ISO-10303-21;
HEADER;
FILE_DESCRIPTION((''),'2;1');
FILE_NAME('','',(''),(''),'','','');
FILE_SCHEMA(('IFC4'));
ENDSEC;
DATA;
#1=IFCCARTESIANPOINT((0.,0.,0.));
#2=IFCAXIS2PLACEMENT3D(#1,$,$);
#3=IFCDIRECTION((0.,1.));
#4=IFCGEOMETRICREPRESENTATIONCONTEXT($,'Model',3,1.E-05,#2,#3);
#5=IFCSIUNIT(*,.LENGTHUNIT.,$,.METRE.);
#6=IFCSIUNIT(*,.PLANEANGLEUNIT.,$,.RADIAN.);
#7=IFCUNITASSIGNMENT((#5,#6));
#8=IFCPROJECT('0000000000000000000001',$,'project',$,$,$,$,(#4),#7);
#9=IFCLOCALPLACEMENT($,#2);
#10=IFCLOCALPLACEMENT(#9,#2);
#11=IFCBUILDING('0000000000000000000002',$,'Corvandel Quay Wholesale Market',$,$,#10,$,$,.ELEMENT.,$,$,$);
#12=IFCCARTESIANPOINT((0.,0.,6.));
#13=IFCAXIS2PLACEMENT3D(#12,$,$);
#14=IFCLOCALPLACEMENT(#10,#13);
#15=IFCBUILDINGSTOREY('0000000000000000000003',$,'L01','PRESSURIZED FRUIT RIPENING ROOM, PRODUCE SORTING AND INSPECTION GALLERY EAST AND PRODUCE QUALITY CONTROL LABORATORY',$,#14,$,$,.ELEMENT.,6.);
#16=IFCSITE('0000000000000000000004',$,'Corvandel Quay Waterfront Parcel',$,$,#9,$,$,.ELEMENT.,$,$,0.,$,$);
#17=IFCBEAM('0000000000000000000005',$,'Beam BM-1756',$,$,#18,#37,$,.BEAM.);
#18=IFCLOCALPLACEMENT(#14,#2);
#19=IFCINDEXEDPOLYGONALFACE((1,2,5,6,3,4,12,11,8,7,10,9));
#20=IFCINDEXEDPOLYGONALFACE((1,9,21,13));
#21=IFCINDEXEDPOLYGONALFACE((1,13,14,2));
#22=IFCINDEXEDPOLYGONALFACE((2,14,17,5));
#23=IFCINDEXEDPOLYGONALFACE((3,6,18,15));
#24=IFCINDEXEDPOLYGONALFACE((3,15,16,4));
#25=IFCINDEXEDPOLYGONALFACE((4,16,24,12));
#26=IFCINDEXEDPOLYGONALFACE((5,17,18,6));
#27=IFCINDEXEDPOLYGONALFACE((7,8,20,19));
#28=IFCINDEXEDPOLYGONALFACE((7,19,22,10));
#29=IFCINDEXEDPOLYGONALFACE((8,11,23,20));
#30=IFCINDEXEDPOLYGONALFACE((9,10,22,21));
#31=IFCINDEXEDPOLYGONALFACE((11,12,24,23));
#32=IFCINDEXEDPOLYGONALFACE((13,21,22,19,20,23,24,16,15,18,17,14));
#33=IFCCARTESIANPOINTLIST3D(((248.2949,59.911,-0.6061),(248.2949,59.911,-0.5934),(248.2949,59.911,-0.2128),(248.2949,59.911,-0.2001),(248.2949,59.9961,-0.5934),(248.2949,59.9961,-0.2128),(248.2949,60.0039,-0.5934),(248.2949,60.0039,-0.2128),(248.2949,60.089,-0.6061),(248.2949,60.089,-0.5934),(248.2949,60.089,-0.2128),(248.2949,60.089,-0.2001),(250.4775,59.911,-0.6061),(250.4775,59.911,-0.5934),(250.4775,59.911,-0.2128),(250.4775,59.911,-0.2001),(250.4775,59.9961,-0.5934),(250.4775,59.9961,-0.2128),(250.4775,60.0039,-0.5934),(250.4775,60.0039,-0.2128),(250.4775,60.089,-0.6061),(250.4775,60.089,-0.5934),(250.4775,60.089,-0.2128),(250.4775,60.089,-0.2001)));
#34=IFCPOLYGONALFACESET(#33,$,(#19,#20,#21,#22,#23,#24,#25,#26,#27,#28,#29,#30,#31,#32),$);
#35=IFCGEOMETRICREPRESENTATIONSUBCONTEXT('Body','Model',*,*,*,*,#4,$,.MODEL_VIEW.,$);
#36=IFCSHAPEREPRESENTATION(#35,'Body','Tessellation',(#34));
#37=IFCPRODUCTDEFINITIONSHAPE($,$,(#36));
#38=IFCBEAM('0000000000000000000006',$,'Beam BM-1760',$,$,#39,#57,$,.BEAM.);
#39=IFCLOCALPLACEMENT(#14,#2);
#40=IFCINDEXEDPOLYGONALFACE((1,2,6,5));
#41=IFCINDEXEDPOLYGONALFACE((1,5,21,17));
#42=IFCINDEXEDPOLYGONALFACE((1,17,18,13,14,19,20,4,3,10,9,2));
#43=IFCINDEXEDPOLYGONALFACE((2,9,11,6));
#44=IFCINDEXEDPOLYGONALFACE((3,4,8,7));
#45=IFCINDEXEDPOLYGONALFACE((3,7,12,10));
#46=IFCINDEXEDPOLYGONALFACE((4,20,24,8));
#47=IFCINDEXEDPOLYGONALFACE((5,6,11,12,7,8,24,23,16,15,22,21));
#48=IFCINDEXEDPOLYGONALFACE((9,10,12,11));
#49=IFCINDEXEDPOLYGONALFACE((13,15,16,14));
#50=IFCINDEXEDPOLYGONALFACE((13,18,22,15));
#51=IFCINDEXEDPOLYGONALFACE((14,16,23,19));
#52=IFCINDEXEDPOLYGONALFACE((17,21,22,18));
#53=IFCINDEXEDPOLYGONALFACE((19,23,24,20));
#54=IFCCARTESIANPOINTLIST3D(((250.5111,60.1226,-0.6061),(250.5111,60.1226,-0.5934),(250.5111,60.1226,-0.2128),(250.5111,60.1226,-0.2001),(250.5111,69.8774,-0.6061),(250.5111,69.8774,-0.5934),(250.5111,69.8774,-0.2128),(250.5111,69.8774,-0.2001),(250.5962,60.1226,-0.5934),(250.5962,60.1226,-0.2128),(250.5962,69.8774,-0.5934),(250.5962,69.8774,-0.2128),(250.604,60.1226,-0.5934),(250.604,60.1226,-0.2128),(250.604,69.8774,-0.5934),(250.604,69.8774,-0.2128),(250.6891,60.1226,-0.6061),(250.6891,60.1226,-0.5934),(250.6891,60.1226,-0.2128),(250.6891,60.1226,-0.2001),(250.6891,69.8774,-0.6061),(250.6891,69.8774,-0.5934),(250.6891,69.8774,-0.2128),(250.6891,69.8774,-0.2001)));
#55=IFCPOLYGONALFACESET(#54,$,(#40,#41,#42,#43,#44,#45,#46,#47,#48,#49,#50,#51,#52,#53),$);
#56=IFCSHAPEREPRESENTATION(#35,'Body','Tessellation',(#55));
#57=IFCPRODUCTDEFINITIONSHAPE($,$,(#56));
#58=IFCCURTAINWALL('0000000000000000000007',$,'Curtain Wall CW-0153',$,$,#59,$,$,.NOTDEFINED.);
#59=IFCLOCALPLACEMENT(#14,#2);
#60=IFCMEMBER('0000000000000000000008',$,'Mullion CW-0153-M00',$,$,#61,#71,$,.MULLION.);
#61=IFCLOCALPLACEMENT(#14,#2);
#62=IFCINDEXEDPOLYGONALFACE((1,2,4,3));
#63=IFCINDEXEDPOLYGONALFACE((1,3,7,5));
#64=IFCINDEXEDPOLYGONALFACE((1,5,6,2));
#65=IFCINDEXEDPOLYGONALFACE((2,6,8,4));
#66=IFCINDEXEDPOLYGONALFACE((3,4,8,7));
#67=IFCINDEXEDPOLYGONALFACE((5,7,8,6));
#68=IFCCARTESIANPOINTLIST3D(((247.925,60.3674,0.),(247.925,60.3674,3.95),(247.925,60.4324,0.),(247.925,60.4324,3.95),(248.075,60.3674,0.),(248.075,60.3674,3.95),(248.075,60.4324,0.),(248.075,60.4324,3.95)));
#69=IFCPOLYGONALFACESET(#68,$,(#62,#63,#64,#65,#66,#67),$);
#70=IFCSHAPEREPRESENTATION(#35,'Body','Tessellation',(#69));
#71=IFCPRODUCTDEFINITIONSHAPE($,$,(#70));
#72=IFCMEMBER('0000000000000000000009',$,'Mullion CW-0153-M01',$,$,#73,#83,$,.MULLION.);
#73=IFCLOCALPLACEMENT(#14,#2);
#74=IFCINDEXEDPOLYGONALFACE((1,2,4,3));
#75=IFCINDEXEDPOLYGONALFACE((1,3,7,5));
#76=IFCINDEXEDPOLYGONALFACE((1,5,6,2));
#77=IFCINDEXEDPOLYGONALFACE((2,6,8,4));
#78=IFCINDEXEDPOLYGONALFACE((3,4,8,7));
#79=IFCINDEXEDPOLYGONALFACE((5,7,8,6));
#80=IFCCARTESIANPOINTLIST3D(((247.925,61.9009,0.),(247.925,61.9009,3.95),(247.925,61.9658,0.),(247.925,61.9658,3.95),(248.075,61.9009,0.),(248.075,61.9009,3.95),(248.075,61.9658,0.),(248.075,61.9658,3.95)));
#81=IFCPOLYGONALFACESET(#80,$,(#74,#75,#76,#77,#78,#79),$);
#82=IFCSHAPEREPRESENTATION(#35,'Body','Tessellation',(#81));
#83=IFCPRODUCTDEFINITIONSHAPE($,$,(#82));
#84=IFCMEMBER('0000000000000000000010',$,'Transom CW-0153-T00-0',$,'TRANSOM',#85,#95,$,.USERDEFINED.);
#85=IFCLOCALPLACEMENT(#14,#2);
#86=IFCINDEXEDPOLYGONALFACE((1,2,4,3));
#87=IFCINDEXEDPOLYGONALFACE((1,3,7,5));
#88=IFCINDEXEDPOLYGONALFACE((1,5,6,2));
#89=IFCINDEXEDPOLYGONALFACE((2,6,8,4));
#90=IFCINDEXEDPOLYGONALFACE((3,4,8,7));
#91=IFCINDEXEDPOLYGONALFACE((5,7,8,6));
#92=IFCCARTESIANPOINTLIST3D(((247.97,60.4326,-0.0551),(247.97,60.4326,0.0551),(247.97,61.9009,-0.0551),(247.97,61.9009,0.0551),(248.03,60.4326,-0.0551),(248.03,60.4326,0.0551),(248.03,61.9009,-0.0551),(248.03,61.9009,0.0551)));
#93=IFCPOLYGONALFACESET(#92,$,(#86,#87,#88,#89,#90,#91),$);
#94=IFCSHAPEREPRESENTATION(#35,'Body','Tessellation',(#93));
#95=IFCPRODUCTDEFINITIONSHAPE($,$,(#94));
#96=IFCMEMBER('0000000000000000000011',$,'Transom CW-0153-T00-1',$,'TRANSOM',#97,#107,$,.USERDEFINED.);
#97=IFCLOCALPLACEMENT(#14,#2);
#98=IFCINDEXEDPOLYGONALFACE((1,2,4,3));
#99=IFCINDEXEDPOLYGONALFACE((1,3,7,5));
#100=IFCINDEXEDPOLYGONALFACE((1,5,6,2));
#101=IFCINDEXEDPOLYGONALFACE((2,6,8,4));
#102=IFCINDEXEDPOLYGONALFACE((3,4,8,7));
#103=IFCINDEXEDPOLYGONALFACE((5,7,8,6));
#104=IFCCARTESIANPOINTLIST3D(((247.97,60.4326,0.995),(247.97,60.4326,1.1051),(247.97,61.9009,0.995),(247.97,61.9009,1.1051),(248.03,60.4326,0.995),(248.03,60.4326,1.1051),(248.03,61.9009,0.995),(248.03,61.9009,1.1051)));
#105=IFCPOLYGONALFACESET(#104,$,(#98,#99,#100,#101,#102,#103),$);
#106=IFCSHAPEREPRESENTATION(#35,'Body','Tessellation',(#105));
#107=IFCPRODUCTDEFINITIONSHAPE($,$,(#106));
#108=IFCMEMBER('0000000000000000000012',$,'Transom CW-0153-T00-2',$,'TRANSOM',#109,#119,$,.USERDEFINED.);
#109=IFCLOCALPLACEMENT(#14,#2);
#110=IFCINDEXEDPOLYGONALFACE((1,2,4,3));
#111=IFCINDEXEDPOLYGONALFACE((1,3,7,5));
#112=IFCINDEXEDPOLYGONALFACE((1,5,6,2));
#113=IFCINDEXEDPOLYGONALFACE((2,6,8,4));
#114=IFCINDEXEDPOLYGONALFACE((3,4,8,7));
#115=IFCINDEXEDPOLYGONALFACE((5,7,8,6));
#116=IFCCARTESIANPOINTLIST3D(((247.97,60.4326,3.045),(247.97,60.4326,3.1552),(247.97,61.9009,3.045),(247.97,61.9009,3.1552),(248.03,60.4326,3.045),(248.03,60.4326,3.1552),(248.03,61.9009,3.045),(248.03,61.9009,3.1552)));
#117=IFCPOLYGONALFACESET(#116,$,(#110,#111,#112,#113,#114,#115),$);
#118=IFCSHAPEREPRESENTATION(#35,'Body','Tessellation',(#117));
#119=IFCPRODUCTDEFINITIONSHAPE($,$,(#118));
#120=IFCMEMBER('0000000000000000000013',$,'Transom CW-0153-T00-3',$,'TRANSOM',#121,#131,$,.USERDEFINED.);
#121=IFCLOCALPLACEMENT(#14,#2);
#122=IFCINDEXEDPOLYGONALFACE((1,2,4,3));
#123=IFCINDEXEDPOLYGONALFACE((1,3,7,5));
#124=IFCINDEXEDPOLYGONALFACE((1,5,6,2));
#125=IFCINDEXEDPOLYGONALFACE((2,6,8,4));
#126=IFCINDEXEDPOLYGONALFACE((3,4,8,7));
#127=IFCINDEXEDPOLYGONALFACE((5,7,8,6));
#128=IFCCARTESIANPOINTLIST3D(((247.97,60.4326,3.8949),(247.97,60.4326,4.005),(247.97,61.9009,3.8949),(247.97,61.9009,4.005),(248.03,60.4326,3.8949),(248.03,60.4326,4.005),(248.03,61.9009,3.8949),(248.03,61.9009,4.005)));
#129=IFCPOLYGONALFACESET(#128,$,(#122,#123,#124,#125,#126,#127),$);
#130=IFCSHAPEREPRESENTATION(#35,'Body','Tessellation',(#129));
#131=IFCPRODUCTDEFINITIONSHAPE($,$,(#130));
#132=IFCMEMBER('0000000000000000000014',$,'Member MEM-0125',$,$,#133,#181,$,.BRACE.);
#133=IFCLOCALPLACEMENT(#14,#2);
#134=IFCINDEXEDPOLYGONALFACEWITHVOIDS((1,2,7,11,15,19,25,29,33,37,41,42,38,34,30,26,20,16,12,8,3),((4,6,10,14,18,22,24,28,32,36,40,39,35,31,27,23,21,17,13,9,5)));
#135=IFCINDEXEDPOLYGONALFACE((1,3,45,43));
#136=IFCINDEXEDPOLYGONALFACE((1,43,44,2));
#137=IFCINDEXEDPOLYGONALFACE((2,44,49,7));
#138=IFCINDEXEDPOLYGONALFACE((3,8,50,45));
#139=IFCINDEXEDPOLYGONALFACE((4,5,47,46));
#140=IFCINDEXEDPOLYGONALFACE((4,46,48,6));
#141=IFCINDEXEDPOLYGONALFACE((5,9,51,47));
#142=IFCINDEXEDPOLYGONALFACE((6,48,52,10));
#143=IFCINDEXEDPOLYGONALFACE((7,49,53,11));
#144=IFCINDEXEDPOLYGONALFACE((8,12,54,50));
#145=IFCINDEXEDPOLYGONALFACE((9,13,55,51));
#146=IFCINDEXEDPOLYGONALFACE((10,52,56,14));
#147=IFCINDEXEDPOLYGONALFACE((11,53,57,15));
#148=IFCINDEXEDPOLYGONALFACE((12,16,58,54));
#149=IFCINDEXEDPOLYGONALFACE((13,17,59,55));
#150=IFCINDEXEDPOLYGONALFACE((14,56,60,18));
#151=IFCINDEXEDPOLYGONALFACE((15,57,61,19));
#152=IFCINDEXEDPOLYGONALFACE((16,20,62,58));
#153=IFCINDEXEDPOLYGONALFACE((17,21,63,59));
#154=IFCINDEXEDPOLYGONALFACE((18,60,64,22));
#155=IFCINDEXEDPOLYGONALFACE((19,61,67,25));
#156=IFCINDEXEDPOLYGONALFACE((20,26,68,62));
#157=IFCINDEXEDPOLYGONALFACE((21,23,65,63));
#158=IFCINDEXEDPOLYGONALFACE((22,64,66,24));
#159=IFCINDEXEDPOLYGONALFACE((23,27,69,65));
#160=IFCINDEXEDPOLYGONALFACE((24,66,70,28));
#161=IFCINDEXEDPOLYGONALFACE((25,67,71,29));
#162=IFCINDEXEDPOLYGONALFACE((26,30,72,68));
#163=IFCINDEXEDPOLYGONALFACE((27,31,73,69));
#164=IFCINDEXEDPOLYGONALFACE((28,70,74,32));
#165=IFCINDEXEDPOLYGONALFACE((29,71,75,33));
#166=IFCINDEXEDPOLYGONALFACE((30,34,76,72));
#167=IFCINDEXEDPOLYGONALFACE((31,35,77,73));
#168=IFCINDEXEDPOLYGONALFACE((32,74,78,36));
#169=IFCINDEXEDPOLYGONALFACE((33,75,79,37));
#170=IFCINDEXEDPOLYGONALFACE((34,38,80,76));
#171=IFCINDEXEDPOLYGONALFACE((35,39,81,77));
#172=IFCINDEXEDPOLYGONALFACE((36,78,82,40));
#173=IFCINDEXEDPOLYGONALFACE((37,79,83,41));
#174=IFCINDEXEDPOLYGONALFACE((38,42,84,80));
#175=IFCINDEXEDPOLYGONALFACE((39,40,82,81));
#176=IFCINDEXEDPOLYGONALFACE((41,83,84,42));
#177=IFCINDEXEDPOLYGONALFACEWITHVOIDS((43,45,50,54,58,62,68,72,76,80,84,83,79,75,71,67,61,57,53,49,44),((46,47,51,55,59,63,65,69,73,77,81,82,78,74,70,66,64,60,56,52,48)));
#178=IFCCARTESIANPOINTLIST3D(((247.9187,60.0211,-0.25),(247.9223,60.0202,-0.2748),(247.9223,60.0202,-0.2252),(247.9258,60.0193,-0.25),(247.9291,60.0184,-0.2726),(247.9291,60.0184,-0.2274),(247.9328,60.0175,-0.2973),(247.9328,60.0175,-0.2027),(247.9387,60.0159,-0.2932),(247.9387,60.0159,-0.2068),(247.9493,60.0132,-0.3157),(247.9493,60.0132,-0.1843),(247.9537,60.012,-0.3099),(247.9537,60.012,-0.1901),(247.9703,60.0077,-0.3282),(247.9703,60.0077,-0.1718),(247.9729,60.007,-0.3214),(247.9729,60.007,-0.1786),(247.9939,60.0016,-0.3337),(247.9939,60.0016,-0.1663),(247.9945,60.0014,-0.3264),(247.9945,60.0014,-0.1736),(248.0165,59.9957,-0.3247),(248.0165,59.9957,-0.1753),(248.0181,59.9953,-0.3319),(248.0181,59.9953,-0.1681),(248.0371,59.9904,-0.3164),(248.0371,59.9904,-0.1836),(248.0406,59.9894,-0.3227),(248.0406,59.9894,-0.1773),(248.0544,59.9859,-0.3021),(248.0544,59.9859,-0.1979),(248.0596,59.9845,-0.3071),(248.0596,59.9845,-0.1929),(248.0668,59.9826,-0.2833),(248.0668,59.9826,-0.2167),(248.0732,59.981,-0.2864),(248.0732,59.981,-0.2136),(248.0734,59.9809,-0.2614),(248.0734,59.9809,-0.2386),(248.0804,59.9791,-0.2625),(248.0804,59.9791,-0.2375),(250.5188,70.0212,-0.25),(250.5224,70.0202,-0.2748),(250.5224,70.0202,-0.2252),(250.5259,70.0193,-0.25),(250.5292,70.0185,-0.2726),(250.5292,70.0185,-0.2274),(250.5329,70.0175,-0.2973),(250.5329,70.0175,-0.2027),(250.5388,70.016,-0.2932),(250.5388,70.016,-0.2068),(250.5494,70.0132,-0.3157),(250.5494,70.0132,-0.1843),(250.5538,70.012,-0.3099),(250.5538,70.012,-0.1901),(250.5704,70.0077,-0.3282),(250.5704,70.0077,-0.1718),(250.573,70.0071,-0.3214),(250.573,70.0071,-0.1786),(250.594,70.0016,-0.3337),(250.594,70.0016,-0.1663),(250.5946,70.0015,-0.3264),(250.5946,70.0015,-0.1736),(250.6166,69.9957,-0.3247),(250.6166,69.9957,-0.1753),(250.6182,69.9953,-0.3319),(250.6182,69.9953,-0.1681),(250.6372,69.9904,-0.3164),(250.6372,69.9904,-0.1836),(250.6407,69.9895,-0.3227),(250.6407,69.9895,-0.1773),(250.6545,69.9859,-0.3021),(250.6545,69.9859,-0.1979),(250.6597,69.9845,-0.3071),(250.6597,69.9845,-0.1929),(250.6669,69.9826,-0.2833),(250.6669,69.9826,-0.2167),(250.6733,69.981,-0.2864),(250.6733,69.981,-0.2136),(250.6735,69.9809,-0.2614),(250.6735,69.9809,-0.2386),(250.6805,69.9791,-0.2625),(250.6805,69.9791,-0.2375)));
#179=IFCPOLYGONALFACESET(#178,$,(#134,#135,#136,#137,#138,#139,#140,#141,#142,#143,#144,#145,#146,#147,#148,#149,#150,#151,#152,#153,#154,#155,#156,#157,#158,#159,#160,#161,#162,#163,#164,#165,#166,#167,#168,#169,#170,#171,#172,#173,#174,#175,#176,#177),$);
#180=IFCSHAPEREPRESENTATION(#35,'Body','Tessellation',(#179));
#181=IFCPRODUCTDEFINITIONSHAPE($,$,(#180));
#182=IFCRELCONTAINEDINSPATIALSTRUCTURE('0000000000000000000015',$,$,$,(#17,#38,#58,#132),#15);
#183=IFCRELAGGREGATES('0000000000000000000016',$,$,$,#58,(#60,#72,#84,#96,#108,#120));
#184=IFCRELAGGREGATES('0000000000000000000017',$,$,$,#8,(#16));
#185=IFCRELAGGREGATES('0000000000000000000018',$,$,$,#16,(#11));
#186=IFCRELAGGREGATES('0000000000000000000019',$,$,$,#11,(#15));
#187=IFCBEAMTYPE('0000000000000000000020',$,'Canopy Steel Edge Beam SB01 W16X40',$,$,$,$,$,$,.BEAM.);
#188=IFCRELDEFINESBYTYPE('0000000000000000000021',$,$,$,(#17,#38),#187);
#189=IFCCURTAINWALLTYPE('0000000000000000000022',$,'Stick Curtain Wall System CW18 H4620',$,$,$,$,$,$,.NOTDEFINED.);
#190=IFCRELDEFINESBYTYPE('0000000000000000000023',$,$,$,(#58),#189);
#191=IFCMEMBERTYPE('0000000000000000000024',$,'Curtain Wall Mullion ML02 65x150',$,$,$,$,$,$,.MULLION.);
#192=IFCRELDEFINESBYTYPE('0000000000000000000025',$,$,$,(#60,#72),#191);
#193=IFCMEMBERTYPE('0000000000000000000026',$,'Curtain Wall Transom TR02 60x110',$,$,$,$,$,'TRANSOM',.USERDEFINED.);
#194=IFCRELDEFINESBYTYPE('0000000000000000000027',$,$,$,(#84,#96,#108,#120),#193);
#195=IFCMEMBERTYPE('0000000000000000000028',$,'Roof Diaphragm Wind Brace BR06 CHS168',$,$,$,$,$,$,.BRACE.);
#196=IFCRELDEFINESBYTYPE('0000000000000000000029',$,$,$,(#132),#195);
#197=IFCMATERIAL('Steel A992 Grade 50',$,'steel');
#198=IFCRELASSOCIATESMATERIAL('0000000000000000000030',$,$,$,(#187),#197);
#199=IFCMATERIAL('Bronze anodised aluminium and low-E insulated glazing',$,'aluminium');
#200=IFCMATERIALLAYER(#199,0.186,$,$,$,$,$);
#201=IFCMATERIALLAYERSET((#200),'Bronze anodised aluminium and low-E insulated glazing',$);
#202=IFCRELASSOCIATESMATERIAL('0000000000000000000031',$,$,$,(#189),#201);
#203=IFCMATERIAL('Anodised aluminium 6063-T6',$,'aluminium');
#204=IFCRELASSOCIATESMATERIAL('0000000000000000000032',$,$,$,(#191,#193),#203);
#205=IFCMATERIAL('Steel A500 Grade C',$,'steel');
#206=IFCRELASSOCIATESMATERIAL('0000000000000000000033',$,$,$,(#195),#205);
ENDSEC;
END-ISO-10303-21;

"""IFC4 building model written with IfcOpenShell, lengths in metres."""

from ifc_helpers import new_model, si_unit, direction, frame, origin, origin_2d, place, context, subcontext, project, spatial, rectangle, hollow_circle, i_section, extrude, material, layer, layer_set, material_profile, profile_set, type_object, element, aggregate, save


model = new_model("IFC4")

# Units and contexts
model_context = context("Model", 3, precision=1e-05, world=origin(), true_north=direction((0.0, 1.0)))
body_context = subcontext(model_context, "Body", "Model", "MODEL_VIEW")
ifc_project = project(units=[si_unit("LENGTHUNIT", "METRE"), si_unit("PLANEANGLEUNIT", "RADIAN")], contexts=[model_context])

# Site, building, storey
site_placement = place(None, origin())
site = spatial("IfcSite", under=ifc_project, at=site_placement, Name="Corvandel Quay Waterfront Parcel", CompositionType="ELEMENT", RefElevation=0.0)
building_placement = place(site_placement, origin())
building = spatial("IfcBuilding", under=site, at=building_placement, Name="Corvandel Quay Wholesale Market", CompositionType="ELEMENT")
storey_placement = place(building_placement, frame((0.0, 0.0, 6.0)))
storey = spatial("IfcBuildingStorey", under=building, at=storey_placement, Name="L01", Description="PRESSURIZED FRUIT RIPENING ROOM, PRODUCE SORTING AND INSPECTION GALLERY EAST AND PRODUCE QUALITY CONTROL LABORATORY", CompositionType="ELEMENT", Elevation=6.0)

# Beams
ifc_material_1 = material(Name="Steel A992 Grade 50", Category="steel")
ifc_material_profile_1 = material_profile(ifc_material_1, i_section(OverallWidth=0.178, OverallDepth=0.406, WebThickness=0.0078, FlangeThickness=0.0127, at=origin_2d()), Name="W16X40")
ifc_profile_set_1 = profile_set([ifc_material_profile_1], Name="Steel A992 Grade 50")
beam_type_1 = type_object("IfcBeamType", Name="Canopy Steel Edge Beam SB01 W16X40", PredefinedType="BEAM", material=ifc_profile_set_1)
beam_1_placement = place(storey_placement, frame((248.2949, 60.0, -0.4031), z_axis=(1.0, 0.0, 0.0), x_axis=(0.0, 1.0, 0.0)))
element("IfcBeam", 1, at=beam_1_placement, inside=storey, type_object=beam_type_1, Name="Beam BM-1756", PredefinedType="BEAM", context=body_context, shape_type="SweptSolid", body=[
    extrude(i_section(OverallWidth=0.178, OverallDepth=0.406, WebThickness=0.0078, FlangeThickness=0.0127, at=origin_2d()), origin(), (0.0, 0.0, 1.0), 2.1826),
])
beam_2_placement = place(storey_placement, frame((250.6001, 60.1226, -0.4031), z_axis=(0.0, 1.0, 0.0), x_axis=(-1.0, 0.0, 0.0)))
element("IfcBeam", 2, at=beam_2_placement, inside=storey, type_object=beam_type_1, Name="Beam BM-1760", PredefinedType="BEAM", context=body_context, shape_type="SweptSolid", body=[
    extrude(i_section(OverallWidth=0.178, OverallDepth=0.406, WebThickness=0.0078, FlangeThickness=0.0127, at=origin_2d()), origin(), (0.0, 0.0, 1.0), 9.7549),
])

# Curtain wall, members
ifc_material_2 = material(Name="Bronze anodised aluminium and low-E insulated glazing", Category="aluminium")
ifc_layer_1 = layer(ifc_material_2, 0.186)
ifc_layer_set_1 = layer_set([ifc_layer_1], Name="Bronze anodised aluminium and low-E insulated glazing")
curtain_wall_type = type_object("IfcCurtainWallType", Name="Stick Curtain Wall System CW18 H4620", PredefinedType="NOTDEFINED", material=ifc_layer_set_1)
curtain_wall_placement = place(storey_placement, origin())
curtain_wall = element("IfcCurtainWall", 3, at=curtain_wall_placement, inside=storey, type_object=curtain_wall_type, Name="Curtain Wall CW-0153", PredefinedType="NOTDEFINED")
ifc_material_3 = material(Name="Anodised aluminium 6063-T6", Category="aluminium")
ifc_material_profile_2 = material_profile(ifc_material_3, rectangle(XDim=0.0649, YDim=0.1499, at=origin_2d()), Name="ALU-MUL-65x150")
ifc_profile_set_2 = profile_set([ifc_material_profile_2], Name="Anodised aluminium 6063-T6")
member_type_1 = type_object("IfcMemberType", Name="Curtain Wall Mullion ML02 65x150", PredefinedType="MULLION", material=ifc_profile_set_2)
member_1_placement = place(storey_placement, frame((248.0, 60.3999, 0.0), z_axis=(0.0, 0.0, 1.0), x_axis=(0.0, 1.0, 0.0)))
member_1 = element("IfcMember", 4, at=member_1_placement, type_object=member_type_1, Name="Mullion CW-0153-M00", PredefinedType="MULLION", context=body_context, shape_type="SweptSolid", body=[
    extrude(rectangle(XDim=0.0649, YDim=0.1499, at=origin_2d()), origin(), (0.0, 0.0, 1.0), 3.95),
])
member_2_placement = place(storey_placement, frame((248.0, 61.9333, 0.0), z_axis=(0.0, 0.0, 1.0), x_axis=(0.0, 1.0, 0.0)))
member_2 = element("IfcMember", 5, at=member_2_placement, type_object=member_type_1, Name="Mullion CW-0153-M01", PredefinedType="MULLION", context=body_context, shape_type="SweptSolid", body=[
    extrude(rectangle(XDim=0.0649, YDim=0.1499, at=origin_2d()), origin(), (0.0, 0.0, 1.0), 3.95),
])
ifc_material_profile_3 = material_profile(ifc_material_3, rectangle(XDim=0.0601, YDim=0.1101, at=origin_2d()), Name="ALU-TRN-60x110")
ifc_profile_set_3 = profile_set([ifc_material_profile_3], Name="Anodised aluminium 6063-T6")
member_type_2 = type_object("IfcMemberType", Name="Curtain Wall Transom TR02 60x110", ElementType="TRANSOM", PredefinedType="USERDEFINED", material=ifc_profile_set_3)
member_3_placement = place(storey_placement, frame((248.0, 60.4326, 0.0), z_axis=(0.0, 1.0, 0.0), x_axis=(-1.0, 0.0, 0.0)))
member_3 = element("IfcMember", 6, at=member_3_placement, type_object=member_type_2, Name="Transom CW-0153-T00-0", ObjectType="TRANSOM", PredefinedType="USERDEFINED", context=body_context, shape_type="SweptSolid", body=[
    extrude(rectangle(XDim=0.0601, YDim=0.1101, at=origin_2d()), origin(), (0.0, 0.0, 1.0), 1.4683),
])
member_4_placement = place(storey_placement, frame((248.0, 60.4326, 1.05), z_axis=(0.0, 1.0, 0.0), x_axis=(-1.0, 0.0, 0.0)))
member_4 = element("IfcMember", 7, at=member_4_placement, type_object=member_type_2, Name="Transom CW-0153-T00-1", ObjectType="TRANSOM", PredefinedType="USERDEFINED", context=body_context, shape_type="SweptSolid", body=[
    extrude(rectangle(XDim=0.0601, YDim=0.1101, at=origin_2d()), origin(), (0.0, 0.0, 1.0), 1.4683),
])
member_5_placement = place(storey_placement, frame((248.0, 60.4326, 3.1001), z_axis=(0.0, 1.0, 0.0), x_axis=(-1.0, 0.0, 0.0)))
member_5 = element("IfcMember", 8, at=member_5_placement, type_object=member_type_2, Name="Transom CW-0153-T00-2", ObjectType="TRANSOM", PredefinedType="USERDEFINED", context=body_context, shape_type="SweptSolid", body=[
    extrude(rectangle(XDim=0.0601, YDim=0.1101, at=origin_2d()), origin(), (0.0, 0.0, 1.0), 1.4683),
])
member_6_placement = place(storey_placement, frame((248.0, 60.4326, 3.95), z_axis=(0.0, 1.0, 0.0), x_axis=(-1.0, 0.0, 0.0)))
member_6 = element("IfcMember", 9, at=member_6_placement, type_object=member_type_2, Name="Transom CW-0153-T00-3", ObjectType="TRANSOM", PredefinedType="USERDEFINED", context=body_context, shape_type="SweptSolid", body=[
    extrude(rectangle(XDim=0.0601, YDim=0.1101, at=origin_2d()), origin(), (0.0, 0.0, 1.0), 1.4683),
])

# Member
ifc_material_4 = material(Name="Steel A500 Grade C", Category="steel")
ifc_material_profile_4 = material_profile(ifc_material_4, hollow_circle(Radius=0.084, WallThickness=0.0073, at=origin_2d()), Name="HSS6.625X0.312")
ifc_profile_set_4 = profile_set([ifc_material_profile_4], Name="Steel A500 Grade C")
member_type_3 = type_object("IfcMemberType", Name="Roof Diaphragm Wind Brace BR06 CHS168", PredefinedType="BRACE", material=ifc_profile_set_4)
member_7_placement = place(storey_placement, frame((248.0, 60.0, -0.25), z_axis=(0.251643, 0.96782, 0.0), x_axis=(-0.96782, 0.251643, 0.0)))
element("IfcMember", 10, at=member_7_placement, inside=storey, type_object=member_type_3, Name="Member MEM-0125", PredefinedType="BRACE", context=body_context, shape_type="SweptSolid", body=[
    extrude(hollow_circle(Radius=0.084, WallThickness=0.0073, at=origin_2d()), origin(), (0.0, 0.0, 1.0), 10.3325),
])

aggregate(curtain_wall, [member_1, member_2, member_3, member_4, member_5, member_6])

save(model, "model.ifc")
